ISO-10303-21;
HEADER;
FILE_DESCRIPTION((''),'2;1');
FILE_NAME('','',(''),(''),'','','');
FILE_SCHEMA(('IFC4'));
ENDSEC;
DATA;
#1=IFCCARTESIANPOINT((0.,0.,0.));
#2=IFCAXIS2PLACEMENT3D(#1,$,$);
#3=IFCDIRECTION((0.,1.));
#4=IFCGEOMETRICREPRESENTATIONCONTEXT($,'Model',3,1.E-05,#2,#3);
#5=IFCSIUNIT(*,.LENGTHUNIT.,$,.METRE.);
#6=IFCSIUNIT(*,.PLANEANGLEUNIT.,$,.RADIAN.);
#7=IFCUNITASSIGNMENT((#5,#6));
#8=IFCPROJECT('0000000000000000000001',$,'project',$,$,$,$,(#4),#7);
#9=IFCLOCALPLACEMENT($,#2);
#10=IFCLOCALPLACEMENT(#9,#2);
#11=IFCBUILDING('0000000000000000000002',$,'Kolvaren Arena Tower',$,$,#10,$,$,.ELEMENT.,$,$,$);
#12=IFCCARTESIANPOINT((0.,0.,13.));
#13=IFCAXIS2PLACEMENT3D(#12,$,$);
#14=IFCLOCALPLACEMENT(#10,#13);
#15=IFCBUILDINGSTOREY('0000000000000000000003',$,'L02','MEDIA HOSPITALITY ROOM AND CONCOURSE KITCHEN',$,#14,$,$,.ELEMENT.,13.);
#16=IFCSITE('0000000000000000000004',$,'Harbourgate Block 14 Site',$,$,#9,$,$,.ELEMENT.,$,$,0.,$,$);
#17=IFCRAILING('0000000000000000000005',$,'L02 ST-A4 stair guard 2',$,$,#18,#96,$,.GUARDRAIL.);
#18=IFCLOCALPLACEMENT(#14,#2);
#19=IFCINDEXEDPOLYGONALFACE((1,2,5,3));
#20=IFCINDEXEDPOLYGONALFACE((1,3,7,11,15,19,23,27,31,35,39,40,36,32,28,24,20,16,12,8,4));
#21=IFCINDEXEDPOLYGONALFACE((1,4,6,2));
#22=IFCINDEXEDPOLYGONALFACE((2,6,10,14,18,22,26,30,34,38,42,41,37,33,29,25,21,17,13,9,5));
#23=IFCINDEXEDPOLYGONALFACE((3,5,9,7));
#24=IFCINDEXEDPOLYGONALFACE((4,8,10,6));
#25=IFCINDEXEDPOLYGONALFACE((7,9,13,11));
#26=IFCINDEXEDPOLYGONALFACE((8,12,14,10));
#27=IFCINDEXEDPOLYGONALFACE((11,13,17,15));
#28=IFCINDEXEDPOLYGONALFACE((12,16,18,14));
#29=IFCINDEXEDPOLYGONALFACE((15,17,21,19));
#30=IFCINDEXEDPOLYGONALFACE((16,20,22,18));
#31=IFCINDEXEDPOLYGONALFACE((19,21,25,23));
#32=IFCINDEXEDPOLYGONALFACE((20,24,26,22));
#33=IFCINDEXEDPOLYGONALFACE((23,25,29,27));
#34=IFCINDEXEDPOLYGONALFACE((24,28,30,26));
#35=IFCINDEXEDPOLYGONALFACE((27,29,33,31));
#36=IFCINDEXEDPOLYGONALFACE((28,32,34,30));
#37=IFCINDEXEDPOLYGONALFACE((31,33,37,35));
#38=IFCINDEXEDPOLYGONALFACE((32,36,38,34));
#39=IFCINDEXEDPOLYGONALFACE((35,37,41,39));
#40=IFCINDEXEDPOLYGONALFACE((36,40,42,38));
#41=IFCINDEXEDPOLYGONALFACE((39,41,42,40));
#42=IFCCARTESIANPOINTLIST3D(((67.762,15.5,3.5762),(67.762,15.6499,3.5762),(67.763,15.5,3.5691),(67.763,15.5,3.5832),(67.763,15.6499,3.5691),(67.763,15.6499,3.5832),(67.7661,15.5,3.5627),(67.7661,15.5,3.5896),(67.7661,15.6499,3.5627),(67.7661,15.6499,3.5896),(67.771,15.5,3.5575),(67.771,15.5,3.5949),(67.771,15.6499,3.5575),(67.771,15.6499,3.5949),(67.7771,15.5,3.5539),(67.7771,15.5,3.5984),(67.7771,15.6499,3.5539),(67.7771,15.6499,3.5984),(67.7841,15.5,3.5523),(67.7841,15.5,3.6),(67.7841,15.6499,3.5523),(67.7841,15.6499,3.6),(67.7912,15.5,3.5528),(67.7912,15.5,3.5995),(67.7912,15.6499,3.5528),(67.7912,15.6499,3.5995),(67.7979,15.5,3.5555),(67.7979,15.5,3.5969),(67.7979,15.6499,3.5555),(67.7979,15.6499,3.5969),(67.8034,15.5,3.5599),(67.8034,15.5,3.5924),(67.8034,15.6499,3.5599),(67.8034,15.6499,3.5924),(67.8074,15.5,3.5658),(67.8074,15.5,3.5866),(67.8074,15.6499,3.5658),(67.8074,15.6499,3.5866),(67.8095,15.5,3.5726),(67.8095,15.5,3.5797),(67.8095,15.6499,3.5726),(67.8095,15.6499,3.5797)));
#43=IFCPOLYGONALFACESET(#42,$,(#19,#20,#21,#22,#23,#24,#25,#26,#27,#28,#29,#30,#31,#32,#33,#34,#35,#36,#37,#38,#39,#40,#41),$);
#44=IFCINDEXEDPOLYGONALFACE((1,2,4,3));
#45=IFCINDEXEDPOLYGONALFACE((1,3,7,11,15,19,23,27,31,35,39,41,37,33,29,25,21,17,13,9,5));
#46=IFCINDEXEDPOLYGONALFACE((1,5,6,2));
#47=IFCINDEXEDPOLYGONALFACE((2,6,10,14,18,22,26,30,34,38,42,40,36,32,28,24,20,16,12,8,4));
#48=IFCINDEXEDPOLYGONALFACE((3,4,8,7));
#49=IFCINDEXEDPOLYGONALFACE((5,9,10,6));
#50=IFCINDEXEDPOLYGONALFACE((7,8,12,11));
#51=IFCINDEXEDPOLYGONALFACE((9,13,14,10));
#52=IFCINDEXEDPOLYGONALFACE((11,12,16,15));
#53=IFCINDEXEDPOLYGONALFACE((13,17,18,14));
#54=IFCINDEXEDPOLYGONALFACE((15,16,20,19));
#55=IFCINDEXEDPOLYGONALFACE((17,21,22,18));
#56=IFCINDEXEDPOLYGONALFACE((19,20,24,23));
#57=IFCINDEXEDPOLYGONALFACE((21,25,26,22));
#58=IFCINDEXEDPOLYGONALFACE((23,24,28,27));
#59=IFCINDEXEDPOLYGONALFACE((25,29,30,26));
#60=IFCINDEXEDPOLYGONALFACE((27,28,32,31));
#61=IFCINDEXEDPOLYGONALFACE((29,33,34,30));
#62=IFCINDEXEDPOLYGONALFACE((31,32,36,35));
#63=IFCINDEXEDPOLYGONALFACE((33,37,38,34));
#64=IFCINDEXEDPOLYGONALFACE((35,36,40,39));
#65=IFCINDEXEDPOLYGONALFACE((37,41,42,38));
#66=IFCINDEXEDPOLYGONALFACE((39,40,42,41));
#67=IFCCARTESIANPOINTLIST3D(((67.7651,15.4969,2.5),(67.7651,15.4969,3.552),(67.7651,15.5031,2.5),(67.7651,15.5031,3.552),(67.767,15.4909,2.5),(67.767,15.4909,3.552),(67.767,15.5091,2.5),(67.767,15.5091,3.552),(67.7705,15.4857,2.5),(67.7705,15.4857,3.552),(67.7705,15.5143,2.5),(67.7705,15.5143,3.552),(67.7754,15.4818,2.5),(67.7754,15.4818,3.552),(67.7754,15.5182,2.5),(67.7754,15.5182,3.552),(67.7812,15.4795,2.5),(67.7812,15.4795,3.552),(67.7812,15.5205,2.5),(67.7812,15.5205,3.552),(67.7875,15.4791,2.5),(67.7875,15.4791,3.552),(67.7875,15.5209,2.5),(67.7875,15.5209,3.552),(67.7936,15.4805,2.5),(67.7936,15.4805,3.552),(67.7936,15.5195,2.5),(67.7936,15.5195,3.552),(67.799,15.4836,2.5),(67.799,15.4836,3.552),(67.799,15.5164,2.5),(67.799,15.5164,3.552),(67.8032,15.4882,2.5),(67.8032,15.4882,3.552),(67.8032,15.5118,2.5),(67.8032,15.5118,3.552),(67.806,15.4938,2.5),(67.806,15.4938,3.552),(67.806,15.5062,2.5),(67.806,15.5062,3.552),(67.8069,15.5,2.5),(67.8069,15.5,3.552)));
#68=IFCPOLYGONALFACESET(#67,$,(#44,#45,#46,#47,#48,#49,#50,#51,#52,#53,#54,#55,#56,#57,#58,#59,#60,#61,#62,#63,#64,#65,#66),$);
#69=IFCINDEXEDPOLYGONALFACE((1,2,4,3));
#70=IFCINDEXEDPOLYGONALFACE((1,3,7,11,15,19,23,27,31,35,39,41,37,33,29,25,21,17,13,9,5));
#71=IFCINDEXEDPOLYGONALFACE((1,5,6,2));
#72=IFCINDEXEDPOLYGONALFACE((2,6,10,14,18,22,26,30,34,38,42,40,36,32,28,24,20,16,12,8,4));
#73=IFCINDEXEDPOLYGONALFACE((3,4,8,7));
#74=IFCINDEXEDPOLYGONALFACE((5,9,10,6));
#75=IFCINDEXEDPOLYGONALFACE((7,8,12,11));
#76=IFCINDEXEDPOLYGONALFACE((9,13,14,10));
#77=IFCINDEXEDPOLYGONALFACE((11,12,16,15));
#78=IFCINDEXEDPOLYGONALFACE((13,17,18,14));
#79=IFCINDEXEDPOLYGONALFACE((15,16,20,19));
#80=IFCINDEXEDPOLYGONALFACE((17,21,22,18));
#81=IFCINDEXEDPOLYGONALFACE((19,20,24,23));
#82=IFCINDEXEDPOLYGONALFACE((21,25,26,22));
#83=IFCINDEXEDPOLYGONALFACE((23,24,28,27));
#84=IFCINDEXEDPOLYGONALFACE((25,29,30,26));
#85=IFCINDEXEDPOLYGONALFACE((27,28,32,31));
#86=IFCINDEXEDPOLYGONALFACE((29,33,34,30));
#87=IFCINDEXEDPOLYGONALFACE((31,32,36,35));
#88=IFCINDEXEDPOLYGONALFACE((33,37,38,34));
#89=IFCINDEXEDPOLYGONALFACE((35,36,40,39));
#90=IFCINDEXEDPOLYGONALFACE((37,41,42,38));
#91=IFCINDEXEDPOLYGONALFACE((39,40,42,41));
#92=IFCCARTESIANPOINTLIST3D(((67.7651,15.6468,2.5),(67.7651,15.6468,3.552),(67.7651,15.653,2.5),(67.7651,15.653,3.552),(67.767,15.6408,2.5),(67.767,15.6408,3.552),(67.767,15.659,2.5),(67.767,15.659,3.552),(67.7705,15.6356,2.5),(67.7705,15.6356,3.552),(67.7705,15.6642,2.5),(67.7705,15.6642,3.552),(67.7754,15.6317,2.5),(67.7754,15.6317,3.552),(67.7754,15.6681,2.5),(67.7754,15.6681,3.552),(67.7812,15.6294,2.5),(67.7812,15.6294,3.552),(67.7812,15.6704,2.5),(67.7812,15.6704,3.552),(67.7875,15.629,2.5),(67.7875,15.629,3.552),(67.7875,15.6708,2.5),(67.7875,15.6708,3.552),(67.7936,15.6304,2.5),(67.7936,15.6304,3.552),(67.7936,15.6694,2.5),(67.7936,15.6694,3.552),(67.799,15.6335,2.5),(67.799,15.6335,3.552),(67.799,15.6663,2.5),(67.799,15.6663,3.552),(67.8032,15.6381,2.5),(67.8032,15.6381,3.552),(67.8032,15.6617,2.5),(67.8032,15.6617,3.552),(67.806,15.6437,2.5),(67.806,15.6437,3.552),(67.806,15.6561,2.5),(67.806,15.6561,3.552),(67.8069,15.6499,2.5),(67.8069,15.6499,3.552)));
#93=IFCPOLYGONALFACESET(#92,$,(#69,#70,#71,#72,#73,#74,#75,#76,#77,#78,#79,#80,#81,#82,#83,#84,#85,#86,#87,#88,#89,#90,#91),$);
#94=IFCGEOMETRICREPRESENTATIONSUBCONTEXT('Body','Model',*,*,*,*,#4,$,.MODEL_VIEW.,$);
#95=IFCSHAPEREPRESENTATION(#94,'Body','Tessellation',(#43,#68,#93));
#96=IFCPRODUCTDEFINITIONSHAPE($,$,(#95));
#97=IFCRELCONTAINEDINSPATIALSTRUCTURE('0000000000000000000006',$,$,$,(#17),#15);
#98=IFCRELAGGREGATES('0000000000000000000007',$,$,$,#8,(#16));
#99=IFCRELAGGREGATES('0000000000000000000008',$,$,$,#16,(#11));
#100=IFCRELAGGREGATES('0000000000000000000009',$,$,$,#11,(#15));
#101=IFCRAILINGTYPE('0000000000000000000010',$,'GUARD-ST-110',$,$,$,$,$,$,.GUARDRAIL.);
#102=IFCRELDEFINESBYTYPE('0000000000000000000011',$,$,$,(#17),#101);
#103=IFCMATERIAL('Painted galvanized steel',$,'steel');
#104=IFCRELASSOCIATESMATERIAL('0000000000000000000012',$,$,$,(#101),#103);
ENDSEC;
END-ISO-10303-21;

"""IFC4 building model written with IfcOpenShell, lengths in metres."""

from ifc_helpers import new_model, si_unit, direction, frame, origin, origin_2d, place, context, subcontext, project, spatial, circle, extrude, material, type_object, element, save


model = new_model("IFC4")

# Units and contexts
model_context = context("Model", 3, precision=1e-05, world=origin(), true_north=direction((0.0, 1.0)))
body_context = subcontext(model_context, "Body", "Model", "MODEL_VIEW")
ifc_project = project(units=[si_unit("LENGTHUNIT", "METRE"), si_unit("PLANEANGLEUNIT", "RADIAN")], contexts=[model_context])

# Site, building, storey
site_placement = place(None, origin())
site = spatial("IfcSite", under=ifc_project, at=site_placement, Name="Harbourgate Block 14 Site", CompositionType="ELEMENT", RefElevation=0.0)
building_placement = place(site_placement, origin())
building = spatial("IfcBuilding", under=site, at=building_placement, Name="Kolvaren Arena Tower", CompositionType="ELEMENT")
storey_placement = place(building_placement, frame((0.0, 0.0, 13.0)))
storey = spatial("IfcBuildingStorey", under=building, at=storey_placement, Name="L02", Description="MEDIA HOSPITALITY ROOM AND CONCOURSE KITCHEN", CompositionType="ELEMENT", Elevation=13.0)

# Railing
ifc_material_1 = material(Name="Painted galvanized steel", Category="steel")
railing_type_1 = type_object("IfcRailingType", Name="GUARD-ST-110", PredefinedType="GUARDRAIL", material=ifc_material_1)
railing_1_placement = place(storey_placement, frame((67.7859, 15.5, 2.5)))
element("IfcRailing", 1, at=railing_1_placement, inside=storey, type_object=railing_type_1, Name="L02 ST-A4 stair guard 2", PredefinedType="GUARDRAIL", context=body_context, shape_type="SweptSolid", body=[
    extrude(circle(Radius=0.0239, at=origin_2d()), frame((0.0, 0.0, 1.0762), z_axis=(0.0, 1.0, 0.0), x_axis=(-1.0, 0.0, 0.0)), (0.0, 0.0, 1.0), 0.1499),
    extrude(circle(Radius=0.021, at=origin_2d()), origin(), (0.0, 0.0, 1.0), 1.052),
    extrude(circle(Radius=0.021, at=origin_2d()), frame((0.0, 0.1499, 0.0)), (0.0, 0.0, 1.0), 1.052),
])

save(model, "model.ifc")
